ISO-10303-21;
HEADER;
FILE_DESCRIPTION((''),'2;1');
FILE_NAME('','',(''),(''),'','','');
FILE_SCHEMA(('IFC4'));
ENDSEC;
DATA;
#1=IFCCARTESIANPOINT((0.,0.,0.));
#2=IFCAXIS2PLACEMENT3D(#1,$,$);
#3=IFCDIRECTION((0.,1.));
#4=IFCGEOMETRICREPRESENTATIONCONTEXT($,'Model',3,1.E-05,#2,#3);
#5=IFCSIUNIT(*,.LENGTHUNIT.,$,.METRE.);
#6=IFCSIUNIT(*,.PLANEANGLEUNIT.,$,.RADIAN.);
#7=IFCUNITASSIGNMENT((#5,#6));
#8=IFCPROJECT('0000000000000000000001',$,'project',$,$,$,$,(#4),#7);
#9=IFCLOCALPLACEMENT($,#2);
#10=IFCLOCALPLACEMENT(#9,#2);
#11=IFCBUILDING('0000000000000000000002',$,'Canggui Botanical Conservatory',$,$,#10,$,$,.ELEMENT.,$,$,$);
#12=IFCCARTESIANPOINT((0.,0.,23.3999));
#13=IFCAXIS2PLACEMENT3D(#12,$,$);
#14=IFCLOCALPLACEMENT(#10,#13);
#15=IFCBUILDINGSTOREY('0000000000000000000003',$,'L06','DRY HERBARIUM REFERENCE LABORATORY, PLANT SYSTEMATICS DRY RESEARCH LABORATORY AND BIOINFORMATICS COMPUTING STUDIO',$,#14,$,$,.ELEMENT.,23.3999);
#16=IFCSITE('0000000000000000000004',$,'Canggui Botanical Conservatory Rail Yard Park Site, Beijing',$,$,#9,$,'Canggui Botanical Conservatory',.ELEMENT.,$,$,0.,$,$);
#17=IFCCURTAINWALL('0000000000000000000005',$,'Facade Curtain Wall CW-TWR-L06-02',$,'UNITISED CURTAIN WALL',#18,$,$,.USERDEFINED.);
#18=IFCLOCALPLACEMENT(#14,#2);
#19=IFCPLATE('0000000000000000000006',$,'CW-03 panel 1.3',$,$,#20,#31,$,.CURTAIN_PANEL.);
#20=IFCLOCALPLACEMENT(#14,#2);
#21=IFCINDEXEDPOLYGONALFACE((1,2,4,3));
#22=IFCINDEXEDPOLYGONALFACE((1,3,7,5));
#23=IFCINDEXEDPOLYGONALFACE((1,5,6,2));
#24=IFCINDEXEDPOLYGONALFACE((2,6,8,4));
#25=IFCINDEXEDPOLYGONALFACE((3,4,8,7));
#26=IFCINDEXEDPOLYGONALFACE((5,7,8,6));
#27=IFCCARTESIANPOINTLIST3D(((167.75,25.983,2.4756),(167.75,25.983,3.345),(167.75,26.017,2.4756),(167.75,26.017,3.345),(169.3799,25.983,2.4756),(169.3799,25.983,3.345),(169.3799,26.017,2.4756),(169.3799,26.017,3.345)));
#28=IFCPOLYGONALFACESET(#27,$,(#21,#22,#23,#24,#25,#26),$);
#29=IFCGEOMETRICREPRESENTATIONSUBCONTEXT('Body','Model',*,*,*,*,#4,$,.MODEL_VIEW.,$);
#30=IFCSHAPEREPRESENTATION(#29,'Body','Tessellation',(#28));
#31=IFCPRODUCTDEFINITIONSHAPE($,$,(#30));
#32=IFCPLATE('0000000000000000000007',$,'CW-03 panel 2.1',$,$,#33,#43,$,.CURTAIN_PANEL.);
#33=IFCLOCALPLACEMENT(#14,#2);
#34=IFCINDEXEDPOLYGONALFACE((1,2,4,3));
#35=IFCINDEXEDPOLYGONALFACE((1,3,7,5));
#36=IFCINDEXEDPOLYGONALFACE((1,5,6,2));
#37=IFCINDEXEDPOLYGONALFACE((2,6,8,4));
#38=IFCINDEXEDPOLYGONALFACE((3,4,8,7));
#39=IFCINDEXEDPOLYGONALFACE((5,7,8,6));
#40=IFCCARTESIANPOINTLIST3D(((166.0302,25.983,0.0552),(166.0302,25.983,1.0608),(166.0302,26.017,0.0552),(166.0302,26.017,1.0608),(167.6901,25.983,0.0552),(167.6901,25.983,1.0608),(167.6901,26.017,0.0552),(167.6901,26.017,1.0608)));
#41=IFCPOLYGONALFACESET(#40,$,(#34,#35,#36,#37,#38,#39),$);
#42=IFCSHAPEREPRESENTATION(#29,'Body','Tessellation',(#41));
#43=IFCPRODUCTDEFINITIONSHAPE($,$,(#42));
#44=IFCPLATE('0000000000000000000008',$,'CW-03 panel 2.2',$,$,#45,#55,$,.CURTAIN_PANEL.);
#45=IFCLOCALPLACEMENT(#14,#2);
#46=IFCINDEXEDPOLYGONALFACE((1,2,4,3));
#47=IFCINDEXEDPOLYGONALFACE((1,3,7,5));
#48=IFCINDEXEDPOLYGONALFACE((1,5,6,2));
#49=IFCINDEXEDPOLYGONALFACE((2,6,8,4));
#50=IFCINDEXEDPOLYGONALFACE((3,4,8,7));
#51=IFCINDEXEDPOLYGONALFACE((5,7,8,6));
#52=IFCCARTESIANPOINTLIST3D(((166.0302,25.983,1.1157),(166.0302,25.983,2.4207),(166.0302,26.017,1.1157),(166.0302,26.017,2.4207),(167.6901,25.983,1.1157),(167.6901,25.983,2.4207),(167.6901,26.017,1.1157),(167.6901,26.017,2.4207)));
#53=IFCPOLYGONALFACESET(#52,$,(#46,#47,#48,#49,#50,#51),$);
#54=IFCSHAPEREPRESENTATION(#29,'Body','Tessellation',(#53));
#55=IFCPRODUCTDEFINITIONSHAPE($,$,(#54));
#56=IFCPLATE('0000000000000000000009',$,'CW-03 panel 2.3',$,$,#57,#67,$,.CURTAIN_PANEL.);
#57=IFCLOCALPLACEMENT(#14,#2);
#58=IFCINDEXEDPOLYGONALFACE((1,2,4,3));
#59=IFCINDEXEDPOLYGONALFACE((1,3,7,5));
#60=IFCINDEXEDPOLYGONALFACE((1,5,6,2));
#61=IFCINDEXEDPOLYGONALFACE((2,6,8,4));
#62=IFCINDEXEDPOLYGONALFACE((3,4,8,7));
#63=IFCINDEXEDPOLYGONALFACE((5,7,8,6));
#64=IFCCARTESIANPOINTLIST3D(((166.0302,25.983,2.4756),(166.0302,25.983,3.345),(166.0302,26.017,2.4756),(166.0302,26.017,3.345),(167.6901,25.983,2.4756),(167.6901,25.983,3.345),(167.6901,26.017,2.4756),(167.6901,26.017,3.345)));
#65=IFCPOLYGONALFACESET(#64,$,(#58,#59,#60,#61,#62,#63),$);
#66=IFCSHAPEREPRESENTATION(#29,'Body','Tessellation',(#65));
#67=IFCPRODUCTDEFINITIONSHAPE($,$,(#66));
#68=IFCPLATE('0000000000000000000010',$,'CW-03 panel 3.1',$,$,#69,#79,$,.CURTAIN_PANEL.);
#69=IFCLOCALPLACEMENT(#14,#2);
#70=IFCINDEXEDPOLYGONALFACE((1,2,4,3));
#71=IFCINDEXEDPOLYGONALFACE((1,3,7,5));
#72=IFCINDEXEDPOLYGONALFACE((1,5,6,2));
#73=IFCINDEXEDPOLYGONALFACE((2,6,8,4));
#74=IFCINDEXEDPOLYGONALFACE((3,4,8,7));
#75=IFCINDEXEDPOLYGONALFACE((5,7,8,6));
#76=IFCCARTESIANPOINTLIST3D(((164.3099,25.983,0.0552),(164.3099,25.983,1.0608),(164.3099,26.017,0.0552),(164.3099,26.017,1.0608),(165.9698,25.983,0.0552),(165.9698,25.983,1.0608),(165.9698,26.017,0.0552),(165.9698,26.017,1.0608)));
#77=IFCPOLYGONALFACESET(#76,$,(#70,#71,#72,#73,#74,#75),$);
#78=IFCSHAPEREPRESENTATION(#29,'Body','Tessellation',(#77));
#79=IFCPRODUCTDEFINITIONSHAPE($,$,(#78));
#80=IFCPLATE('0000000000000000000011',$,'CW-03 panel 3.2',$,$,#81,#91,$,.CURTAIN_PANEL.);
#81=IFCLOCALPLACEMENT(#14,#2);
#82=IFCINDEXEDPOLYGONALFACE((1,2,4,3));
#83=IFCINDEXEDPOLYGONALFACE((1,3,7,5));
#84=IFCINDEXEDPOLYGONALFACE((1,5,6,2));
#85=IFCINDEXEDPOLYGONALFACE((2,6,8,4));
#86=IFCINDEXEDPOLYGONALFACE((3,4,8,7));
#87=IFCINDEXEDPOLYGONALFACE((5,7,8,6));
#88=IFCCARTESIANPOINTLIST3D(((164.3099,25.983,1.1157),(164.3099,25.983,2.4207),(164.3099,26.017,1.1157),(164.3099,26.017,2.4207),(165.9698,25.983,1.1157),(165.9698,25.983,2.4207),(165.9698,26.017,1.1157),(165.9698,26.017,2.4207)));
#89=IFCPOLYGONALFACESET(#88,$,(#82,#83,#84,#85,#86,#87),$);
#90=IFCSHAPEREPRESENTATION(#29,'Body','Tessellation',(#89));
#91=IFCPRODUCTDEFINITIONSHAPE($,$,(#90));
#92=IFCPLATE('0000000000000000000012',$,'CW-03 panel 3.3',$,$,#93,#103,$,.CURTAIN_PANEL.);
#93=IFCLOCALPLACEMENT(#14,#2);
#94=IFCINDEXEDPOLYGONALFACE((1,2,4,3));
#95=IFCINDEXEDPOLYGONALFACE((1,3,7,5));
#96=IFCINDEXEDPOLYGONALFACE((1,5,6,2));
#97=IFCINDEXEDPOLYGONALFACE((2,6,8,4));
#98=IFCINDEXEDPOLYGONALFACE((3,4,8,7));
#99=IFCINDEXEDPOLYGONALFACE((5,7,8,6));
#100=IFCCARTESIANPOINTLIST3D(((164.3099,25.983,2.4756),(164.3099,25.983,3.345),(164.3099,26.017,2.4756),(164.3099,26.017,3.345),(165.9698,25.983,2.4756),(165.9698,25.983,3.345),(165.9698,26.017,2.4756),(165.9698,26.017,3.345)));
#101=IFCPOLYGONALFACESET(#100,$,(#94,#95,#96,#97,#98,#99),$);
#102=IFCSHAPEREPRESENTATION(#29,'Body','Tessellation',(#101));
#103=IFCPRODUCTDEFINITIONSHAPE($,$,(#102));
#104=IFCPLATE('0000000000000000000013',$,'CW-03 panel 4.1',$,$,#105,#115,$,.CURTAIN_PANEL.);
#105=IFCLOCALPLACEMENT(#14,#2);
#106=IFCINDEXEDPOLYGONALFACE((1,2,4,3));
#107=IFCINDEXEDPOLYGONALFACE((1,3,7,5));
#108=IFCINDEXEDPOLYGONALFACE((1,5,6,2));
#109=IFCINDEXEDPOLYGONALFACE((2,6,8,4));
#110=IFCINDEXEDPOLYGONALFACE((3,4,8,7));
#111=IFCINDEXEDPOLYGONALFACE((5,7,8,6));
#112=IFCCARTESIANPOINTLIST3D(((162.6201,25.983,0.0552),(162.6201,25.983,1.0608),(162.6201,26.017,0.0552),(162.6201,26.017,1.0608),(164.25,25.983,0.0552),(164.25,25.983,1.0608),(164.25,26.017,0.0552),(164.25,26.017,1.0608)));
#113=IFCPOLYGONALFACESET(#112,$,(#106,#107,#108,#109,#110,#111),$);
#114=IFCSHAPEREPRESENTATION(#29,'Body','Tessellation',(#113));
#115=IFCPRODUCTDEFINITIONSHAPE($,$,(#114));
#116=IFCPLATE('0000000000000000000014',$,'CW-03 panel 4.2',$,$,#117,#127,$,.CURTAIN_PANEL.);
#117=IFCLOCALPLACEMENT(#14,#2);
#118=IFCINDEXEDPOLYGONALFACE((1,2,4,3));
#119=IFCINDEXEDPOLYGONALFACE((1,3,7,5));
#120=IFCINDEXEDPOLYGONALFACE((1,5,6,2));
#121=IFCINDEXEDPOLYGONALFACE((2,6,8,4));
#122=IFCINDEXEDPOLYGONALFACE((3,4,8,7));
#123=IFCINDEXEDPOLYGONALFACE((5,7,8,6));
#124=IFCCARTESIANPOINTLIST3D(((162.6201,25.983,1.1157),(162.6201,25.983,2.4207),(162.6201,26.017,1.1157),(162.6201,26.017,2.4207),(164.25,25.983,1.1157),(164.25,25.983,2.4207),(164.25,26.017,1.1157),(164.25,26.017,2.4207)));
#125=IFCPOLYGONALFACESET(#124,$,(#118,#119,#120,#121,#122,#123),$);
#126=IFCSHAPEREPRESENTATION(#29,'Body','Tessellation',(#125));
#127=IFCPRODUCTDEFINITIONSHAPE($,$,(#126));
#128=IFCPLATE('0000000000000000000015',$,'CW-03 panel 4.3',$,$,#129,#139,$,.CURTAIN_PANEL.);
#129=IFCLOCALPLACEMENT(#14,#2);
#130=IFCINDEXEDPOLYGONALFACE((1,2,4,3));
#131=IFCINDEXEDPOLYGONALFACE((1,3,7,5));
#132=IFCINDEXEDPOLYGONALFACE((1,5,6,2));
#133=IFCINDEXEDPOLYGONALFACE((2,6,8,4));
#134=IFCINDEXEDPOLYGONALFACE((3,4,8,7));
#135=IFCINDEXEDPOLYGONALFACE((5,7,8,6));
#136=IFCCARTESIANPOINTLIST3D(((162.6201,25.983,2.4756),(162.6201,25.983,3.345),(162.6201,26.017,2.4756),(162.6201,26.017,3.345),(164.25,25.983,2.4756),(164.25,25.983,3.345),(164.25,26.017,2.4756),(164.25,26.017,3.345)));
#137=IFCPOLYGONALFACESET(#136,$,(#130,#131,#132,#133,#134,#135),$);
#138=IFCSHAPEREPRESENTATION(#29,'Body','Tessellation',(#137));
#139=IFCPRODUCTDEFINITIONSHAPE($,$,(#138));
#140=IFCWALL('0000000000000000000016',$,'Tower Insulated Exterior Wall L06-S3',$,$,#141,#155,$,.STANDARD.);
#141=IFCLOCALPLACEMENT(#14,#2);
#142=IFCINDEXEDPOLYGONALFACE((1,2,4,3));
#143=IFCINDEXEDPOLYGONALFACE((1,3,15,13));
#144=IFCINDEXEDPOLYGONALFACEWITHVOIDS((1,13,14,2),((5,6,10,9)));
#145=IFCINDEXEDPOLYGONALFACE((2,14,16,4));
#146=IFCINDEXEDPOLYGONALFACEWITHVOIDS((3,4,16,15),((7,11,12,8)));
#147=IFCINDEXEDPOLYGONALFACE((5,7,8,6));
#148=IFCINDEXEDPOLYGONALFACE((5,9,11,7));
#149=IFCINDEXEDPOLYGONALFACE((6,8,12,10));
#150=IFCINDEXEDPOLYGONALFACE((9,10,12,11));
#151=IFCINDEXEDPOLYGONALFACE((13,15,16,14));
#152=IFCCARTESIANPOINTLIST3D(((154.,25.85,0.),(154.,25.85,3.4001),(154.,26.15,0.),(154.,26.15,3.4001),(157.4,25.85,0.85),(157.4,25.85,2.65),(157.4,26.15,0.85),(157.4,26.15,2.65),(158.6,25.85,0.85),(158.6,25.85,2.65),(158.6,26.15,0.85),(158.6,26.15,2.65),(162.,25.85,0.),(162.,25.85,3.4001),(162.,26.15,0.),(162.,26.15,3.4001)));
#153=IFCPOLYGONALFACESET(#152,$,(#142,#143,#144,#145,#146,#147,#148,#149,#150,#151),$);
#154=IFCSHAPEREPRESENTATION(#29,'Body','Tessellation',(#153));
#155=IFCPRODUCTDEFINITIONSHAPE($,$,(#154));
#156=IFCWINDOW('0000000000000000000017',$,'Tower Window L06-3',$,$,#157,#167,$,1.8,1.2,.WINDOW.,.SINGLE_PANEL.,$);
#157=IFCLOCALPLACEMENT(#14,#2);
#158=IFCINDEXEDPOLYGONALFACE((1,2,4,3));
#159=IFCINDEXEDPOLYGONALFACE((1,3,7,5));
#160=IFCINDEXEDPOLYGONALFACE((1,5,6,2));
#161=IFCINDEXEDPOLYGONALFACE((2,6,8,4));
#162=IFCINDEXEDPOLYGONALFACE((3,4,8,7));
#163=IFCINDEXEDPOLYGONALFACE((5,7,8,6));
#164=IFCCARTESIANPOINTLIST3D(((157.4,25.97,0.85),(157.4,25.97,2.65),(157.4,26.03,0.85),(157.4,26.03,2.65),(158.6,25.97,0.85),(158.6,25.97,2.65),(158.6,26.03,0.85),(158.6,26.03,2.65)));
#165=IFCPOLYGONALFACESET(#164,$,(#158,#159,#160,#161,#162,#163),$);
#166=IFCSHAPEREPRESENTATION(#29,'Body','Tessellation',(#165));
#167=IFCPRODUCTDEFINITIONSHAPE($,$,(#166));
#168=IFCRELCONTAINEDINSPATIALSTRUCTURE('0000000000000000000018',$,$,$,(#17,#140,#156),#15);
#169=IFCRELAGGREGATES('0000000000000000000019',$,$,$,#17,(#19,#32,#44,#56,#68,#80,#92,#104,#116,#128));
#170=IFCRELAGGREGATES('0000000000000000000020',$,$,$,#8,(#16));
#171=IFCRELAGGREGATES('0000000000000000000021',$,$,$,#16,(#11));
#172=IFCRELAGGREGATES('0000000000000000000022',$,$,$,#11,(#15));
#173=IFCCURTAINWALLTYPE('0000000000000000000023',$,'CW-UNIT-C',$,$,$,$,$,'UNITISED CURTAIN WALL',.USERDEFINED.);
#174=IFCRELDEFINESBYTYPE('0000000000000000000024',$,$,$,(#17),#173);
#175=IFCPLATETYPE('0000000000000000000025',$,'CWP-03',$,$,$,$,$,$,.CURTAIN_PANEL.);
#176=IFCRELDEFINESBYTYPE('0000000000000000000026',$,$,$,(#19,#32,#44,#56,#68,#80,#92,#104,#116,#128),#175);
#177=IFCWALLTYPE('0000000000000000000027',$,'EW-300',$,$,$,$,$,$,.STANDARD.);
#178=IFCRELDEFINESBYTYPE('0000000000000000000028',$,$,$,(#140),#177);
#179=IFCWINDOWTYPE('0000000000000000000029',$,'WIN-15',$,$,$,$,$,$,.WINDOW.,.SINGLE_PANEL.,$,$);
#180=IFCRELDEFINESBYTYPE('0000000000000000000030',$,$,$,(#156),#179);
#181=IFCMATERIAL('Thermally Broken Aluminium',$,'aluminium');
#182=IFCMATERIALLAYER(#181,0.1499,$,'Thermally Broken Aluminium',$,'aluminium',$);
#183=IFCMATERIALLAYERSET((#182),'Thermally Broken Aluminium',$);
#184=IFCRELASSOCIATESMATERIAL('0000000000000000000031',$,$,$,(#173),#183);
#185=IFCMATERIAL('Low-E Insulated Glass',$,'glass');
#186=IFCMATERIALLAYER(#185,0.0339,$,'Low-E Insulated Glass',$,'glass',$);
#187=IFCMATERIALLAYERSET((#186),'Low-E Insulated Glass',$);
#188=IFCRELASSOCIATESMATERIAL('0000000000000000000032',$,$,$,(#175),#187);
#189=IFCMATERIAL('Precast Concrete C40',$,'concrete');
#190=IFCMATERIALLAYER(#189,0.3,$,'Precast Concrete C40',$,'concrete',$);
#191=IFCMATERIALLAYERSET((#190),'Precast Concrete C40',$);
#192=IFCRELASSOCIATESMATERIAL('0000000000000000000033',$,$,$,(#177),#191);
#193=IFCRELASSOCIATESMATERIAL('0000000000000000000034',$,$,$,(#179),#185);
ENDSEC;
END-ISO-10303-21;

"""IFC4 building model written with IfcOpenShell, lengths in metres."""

from ifc_helpers import new_model, si_unit, direction, frame, frame_2d, origin, origin_2d, place, context, subcontext, project, spatial, rectangle, extrude, material, layer, layer_set, type_object, element, fill, aggregate, save


model = new_model("IFC4")

# Units and contexts
model_context = context("Model", 3, precision=1e-05, world=origin(), true_north=direction((0.0, 1.0)))
body_context = subcontext(model_context, "Body", "Model", "MODEL_VIEW")
ifc_project = project(units=[si_unit("LENGTHUNIT", "METRE"), si_unit("PLANEANGLEUNIT", "RADIAN")], contexts=[model_context])

# Site, building, storey
site_placement = place(None, origin())
site = spatial("IfcSite", under=ifc_project, at=site_placement, Name="Canggui Botanical Conservatory Rail Yard Park Site, Beijing", LongName="Canggui Botanical Conservatory", CompositionType="ELEMENT", RefElevation=0.0)
building_placement = place(site_placement, origin())
building = spatial("IfcBuilding", under=site, at=building_placement, Name="Canggui Botanical Conservatory", CompositionType="ELEMENT")
storey_placement = place(building_placement, frame((0.0, 0.0, 23.3999)))
storey = spatial("IfcBuildingStorey", under=building, at=storey_placement, Name="L06", Description="DRY HERBARIUM REFERENCE LABORATORY, PLANT SYSTEMATICS DRY RESEARCH LABORATORY AND BIOINFORMATICS COMPUTING STUDIO", CompositionType="ELEMENT", Elevation=23.3999)

# Curtain wall, plates
ifc_material_1 = material(Name="Thermally Broken Aluminium", Category="aluminium")
ifc_layer_1 = layer(ifc_material_1, 0.1499, Name="Thermally Broken Aluminium", Category="aluminium")
ifc_layer_set_1 = layer_set([ifc_layer_1], Name="Thermally Broken Aluminium")
curtain_wall_type = type_object("IfcCurtainWallType", Name="CW-UNIT-C", ElementType="UNITISED CURTAIN WALL", PredefinedType="USERDEFINED", material=ifc_layer_set_1)
curtain_wall_placement = place(storey_placement, origin())
curtain_wall = element("IfcCurtainWall", 1, at=curtain_wall_placement, inside=storey, type_object=curtain_wall_type, Name="Facade Curtain Wall CW-TWR-L06-02", ObjectType="UNITISED CURTAIN WALL", PredefinedType="USERDEFINED")
ifc_material_2 = material(Name="Low-E Insulated Glass", Category="glass")
ifc_layer_2 = layer(ifc_material_2, 0.0339, Name="Low-E Insulated Glass", Category="glass")
ifc_layer_set_2 = layer_set([ifc_layer_2], Name="Low-E Insulated Glass")
plate_type = type_object("IfcPlateType", Name="CWP-03", PredefinedType="CURTAIN_PANEL", material=ifc_layer_set_2)
plate_1_placement = place(storey_placement, frame((168.5649, 26.0, 2.4756), z_axis=(0.0, 0.0, 1.0), x_axis=(-1.0, 0.0, 0.0)))
plate_1 = element("IfcPlate", 2, at=plate_1_placement, type_object=plate_type, Name="CW-03 panel 1.3", PredefinedType="CURTAIN_PANEL", context=body_context, shape_type="SweptSolid", body=[
    extrude(rectangle(XDim=1.6299, YDim=0.0339, at=origin_2d()), origin(), (0.0, 0.0, 1.0), 0.8694),
])
plate_2_placement = place(storey_placement, frame((166.8601, 26.0, 0.0552), z_axis=(0.0, 0.0, 1.0), x_axis=(-1.0, 0.0, 0.0)))
plate_2 = element("IfcPlate", 3, at=plate_2_placement, type_object=plate_type, Name="CW-03 panel 2.1", PredefinedType="CURTAIN_PANEL", context=body_context, shape_type="SweptSolid", body=[
    extrude(rectangle(XDim=1.6599, YDim=0.0339, at=origin_2d()), origin(), (0.0, 0.0, 1.0), 1.0056),
])
plate_3_placement = place(storey_placement, frame((166.8601, 26.0, 1.1157), z_axis=(0.0, 0.0, 1.0), x_axis=(-1.0, 0.0, 0.0)))
plate_3 = element("IfcPlate", 4, at=plate_3_placement, type_object=plate_type, Name="CW-03 panel 2.2", PredefinedType="CURTAIN_PANEL", context=body_context, shape_type="SweptSolid", body=[
    extrude(rectangle(XDim=1.6599, YDim=0.0339, at=origin_2d()), origin(), (0.0, 0.0, 1.0), 1.3049),
])
plate_4_placement = place(storey_placement, frame((166.8601, 26.0, 2.4756), z_axis=(0.0, 0.0, 1.0), x_axis=(-1.0, 0.0, 0.0)))
plate_4 = element("IfcPlate", 5, at=plate_4_placement, type_object=plate_type, Name="CW-03 panel 2.3", PredefinedType="CURTAIN_PANEL", context=body_context, shape_type="SweptSolid", body=[
    extrude(rectangle(XDim=1.6599, YDim=0.0339, at=origin_2d()), origin(), (0.0, 0.0, 1.0), 0.8694),
])
plate_5_placement = place(storey_placement, frame((165.1399, 26.0, 0.0552), z_axis=(0.0, 0.0, 1.0), x_axis=(-1.0, 0.0, 0.0)))
plate_5 = element("IfcPlate", 6, at=plate_5_placement, type_object=plate_type, Name="CW-03 panel 3.1", PredefinedType="CURTAIN_PANEL", context=body_context, shape_type="SweptSolid", body=[
    extrude(rectangle(XDim=1.6599, YDim=0.0339, at=origin_2d()), origin(), (0.0, 0.0, 1.0), 1.0056),
])
plate_6_placement = place(storey_placement, frame((165.1399, 26.0, 1.1157), z_axis=(0.0, 0.0, 1.0), x_axis=(-1.0, 0.0, 0.0)))
plate_6 = element("IfcPlate", 7, at=plate_6_placement, type_object=plate_type, Name="CW-03 panel 3.2", PredefinedType="CURTAIN_PANEL", context=body_context, shape_type="SweptSolid", body=[
    extrude(rectangle(XDim=1.6599, YDim=0.0339, at=origin_2d()), origin(), (0.0, 0.0, 1.0), 1.3049),
])
plate_7_placement = place(storey_placement, frame((165.1399, 26.0, 2.4756), z_axis=(0.0, 0.0, 1.0), x_axis=(-1.0, 0.0, 0.0)))
plate_7 = element("IfcPlate", 8, at=plate_7_placement, type_object=plate_type, Name="CW-03 panel 3.3", PredefinedType="CURTAIN_PANEL", context=body_context, shape_type="SweptSolid", body=[
    extrude(rectangle(XDim=1.6599, YDim=0.0339, at=origin_2d()), origin(), (0.0, 0.0, 1.0), 0.8694),
])
plate_8_placement = place(storey_placement, frame((163.4351, 26.0, 0.0552), z_axis=(0.0, 0.0, 1.0), x_axis=(-1.0, 0.0, 0.0)))
plate_8 = element("IfcPlate", 9, at=plate_8_placement, type_object=plate_type, Name="CW-03 panel 4.1", PredefinedType="CURTAIN_PANEL", context=body_context, shape_type="SweptSolid", body=[
    extrude(rectangle(XDim=1.6299, YDim=0.0339, at=origin_2d()), origin(), (0.0, 0.0, 1.0), 1.0056),
])
plate_9_placement = place(storey_placement, frame((163.4351, 26.0, 1.1157), z_axis=(0.0, 0.0, 1.0), x_axis=(-1.0, 0.0, 0.0)))
plate_9 = element("IfcPlate", 10, at=plate_9_placement, type_object=plate_type, Name="CW-03 panel 4.2", PredefinedType="CURTAIN_PANEL", context=body_context, shape_type="SweptSolid", body=[
    extrude(rectangle(XDim=1.6299, YDim=0.0339, at=origin_2d()), origin(), (0.0, 0.0, 1.0), 1.3049),
])
plate_10_placement = place(storey_placement, frame((163.4351, 26.0, 2.4756), z_axis=(0.0, 0.0, 1.0), x_axis=(-1.0, 0.0, 0.0)))
plate_10 = element("IfcPlate", 11, at=plate_10_placement, type_object=plate_type, Name="CW-03 panel 4.3", PredefinedType="CURTAIN_PANEL", context=body_context, shape_type="SweptSolid", body=[
    extrude(rectangle(XDim=1.6299, YDim=0.0339, at=origin_2d()), origin(), (0.0, 0.0, 1.0), 0.8694),
])
aggregate(curtain_wall, [plate_1, plate_2, plate_3, plate_4, plate_5, plate_6, plate_7, plate_8, plate_9, plate_10])

# Wall, opening, window
ifc_material_3 = material(Name="Precast Concrete C40", Category="concrete")
ifc_layer_3 = layer(ifc_material_3, 0.3, Name="Precast Concrete C40", Category="concrete")
ifc_layer_set_3 = layer_set([ifc_layer_3], Name="Precast Concrete C40")
wall_type_1 = type_object("IfcWallType", Name="EW-300", PredefinedType="STANDARD", material=ifc_layer_set_3)
wall_1_placement = place(storey_placement, frame((162.0, 26.0, 0.0), z_axis=(0.0, 0.0, 1.0), x_axis=(-1.0, 0.0, 0.0)))
wall_1 = element("IfcWall", 12, at=wall_1_placement, inside=storey, type_object=wall_type_1, Name="Tower Insulated Exterior Wall L06-S3", PredefinedType="STANDARD", context=body_context, shape_type="SweptSolid", body=[
    extrude(rectangle(XDim=8.0, YDim=0.3, at=frame_2d((4.0, 0.0))), origin(), (0.0, 0.0, 1.0), 3.4001),
])
opening_1_placement = place(wall_1_placement, frame((3.3999, 0.0, 0.8501)))
opening_1 = element("IfcOpeningElement", 13, at=opening_1_placement, cuts=wall_1, PredefinedType="OPENING", context=body_context, shape_type="SweptSolid", body=[
    extrude(rectangle(XDim=1.2, YDim=1.8, at=frame_2d((0.6001, 0.8999))), frame((0.0, 0.1602, 0.0), z_axis=(0.0, -1.0, 0.0), x_axis=(1.0, 0.0, 0.0)), (0.0, 0.0, 1.0), 0.3201),
])
window_type = type_object("IfcWindowType", Name="WIN-15", PartitioningType="SINGLE_PANEL", PredefinedType="WINDOW", material=ifc_material_2)
window_placement = place(opening_1_placement, origin())
window = element("IfcWindow", 14, at=window_placement, inside=storey, type_object=window_type, Name="Tower Window L06-3", OverallHeight=1.8, OverallWidth=1.2, PartitioningType="SINGLE_PANEL", PredefinedType="WINDOW", context=body_context, shape_type="SweptSolid", body=[
    extrude(rectangle(XDim=1.2, YDim=1.8, at=frame_2d((0.6001, 0.8999))), frame((0.0, 0.03, 0.0), z_axis=(0.0, -1.0, 0.0), x_axis=(1.0, 0.0, 0.0)), (0.0, 0.0, 1.0), 0.0601),
])
fill(opening_1, window)

save(model, "model.ifc")
